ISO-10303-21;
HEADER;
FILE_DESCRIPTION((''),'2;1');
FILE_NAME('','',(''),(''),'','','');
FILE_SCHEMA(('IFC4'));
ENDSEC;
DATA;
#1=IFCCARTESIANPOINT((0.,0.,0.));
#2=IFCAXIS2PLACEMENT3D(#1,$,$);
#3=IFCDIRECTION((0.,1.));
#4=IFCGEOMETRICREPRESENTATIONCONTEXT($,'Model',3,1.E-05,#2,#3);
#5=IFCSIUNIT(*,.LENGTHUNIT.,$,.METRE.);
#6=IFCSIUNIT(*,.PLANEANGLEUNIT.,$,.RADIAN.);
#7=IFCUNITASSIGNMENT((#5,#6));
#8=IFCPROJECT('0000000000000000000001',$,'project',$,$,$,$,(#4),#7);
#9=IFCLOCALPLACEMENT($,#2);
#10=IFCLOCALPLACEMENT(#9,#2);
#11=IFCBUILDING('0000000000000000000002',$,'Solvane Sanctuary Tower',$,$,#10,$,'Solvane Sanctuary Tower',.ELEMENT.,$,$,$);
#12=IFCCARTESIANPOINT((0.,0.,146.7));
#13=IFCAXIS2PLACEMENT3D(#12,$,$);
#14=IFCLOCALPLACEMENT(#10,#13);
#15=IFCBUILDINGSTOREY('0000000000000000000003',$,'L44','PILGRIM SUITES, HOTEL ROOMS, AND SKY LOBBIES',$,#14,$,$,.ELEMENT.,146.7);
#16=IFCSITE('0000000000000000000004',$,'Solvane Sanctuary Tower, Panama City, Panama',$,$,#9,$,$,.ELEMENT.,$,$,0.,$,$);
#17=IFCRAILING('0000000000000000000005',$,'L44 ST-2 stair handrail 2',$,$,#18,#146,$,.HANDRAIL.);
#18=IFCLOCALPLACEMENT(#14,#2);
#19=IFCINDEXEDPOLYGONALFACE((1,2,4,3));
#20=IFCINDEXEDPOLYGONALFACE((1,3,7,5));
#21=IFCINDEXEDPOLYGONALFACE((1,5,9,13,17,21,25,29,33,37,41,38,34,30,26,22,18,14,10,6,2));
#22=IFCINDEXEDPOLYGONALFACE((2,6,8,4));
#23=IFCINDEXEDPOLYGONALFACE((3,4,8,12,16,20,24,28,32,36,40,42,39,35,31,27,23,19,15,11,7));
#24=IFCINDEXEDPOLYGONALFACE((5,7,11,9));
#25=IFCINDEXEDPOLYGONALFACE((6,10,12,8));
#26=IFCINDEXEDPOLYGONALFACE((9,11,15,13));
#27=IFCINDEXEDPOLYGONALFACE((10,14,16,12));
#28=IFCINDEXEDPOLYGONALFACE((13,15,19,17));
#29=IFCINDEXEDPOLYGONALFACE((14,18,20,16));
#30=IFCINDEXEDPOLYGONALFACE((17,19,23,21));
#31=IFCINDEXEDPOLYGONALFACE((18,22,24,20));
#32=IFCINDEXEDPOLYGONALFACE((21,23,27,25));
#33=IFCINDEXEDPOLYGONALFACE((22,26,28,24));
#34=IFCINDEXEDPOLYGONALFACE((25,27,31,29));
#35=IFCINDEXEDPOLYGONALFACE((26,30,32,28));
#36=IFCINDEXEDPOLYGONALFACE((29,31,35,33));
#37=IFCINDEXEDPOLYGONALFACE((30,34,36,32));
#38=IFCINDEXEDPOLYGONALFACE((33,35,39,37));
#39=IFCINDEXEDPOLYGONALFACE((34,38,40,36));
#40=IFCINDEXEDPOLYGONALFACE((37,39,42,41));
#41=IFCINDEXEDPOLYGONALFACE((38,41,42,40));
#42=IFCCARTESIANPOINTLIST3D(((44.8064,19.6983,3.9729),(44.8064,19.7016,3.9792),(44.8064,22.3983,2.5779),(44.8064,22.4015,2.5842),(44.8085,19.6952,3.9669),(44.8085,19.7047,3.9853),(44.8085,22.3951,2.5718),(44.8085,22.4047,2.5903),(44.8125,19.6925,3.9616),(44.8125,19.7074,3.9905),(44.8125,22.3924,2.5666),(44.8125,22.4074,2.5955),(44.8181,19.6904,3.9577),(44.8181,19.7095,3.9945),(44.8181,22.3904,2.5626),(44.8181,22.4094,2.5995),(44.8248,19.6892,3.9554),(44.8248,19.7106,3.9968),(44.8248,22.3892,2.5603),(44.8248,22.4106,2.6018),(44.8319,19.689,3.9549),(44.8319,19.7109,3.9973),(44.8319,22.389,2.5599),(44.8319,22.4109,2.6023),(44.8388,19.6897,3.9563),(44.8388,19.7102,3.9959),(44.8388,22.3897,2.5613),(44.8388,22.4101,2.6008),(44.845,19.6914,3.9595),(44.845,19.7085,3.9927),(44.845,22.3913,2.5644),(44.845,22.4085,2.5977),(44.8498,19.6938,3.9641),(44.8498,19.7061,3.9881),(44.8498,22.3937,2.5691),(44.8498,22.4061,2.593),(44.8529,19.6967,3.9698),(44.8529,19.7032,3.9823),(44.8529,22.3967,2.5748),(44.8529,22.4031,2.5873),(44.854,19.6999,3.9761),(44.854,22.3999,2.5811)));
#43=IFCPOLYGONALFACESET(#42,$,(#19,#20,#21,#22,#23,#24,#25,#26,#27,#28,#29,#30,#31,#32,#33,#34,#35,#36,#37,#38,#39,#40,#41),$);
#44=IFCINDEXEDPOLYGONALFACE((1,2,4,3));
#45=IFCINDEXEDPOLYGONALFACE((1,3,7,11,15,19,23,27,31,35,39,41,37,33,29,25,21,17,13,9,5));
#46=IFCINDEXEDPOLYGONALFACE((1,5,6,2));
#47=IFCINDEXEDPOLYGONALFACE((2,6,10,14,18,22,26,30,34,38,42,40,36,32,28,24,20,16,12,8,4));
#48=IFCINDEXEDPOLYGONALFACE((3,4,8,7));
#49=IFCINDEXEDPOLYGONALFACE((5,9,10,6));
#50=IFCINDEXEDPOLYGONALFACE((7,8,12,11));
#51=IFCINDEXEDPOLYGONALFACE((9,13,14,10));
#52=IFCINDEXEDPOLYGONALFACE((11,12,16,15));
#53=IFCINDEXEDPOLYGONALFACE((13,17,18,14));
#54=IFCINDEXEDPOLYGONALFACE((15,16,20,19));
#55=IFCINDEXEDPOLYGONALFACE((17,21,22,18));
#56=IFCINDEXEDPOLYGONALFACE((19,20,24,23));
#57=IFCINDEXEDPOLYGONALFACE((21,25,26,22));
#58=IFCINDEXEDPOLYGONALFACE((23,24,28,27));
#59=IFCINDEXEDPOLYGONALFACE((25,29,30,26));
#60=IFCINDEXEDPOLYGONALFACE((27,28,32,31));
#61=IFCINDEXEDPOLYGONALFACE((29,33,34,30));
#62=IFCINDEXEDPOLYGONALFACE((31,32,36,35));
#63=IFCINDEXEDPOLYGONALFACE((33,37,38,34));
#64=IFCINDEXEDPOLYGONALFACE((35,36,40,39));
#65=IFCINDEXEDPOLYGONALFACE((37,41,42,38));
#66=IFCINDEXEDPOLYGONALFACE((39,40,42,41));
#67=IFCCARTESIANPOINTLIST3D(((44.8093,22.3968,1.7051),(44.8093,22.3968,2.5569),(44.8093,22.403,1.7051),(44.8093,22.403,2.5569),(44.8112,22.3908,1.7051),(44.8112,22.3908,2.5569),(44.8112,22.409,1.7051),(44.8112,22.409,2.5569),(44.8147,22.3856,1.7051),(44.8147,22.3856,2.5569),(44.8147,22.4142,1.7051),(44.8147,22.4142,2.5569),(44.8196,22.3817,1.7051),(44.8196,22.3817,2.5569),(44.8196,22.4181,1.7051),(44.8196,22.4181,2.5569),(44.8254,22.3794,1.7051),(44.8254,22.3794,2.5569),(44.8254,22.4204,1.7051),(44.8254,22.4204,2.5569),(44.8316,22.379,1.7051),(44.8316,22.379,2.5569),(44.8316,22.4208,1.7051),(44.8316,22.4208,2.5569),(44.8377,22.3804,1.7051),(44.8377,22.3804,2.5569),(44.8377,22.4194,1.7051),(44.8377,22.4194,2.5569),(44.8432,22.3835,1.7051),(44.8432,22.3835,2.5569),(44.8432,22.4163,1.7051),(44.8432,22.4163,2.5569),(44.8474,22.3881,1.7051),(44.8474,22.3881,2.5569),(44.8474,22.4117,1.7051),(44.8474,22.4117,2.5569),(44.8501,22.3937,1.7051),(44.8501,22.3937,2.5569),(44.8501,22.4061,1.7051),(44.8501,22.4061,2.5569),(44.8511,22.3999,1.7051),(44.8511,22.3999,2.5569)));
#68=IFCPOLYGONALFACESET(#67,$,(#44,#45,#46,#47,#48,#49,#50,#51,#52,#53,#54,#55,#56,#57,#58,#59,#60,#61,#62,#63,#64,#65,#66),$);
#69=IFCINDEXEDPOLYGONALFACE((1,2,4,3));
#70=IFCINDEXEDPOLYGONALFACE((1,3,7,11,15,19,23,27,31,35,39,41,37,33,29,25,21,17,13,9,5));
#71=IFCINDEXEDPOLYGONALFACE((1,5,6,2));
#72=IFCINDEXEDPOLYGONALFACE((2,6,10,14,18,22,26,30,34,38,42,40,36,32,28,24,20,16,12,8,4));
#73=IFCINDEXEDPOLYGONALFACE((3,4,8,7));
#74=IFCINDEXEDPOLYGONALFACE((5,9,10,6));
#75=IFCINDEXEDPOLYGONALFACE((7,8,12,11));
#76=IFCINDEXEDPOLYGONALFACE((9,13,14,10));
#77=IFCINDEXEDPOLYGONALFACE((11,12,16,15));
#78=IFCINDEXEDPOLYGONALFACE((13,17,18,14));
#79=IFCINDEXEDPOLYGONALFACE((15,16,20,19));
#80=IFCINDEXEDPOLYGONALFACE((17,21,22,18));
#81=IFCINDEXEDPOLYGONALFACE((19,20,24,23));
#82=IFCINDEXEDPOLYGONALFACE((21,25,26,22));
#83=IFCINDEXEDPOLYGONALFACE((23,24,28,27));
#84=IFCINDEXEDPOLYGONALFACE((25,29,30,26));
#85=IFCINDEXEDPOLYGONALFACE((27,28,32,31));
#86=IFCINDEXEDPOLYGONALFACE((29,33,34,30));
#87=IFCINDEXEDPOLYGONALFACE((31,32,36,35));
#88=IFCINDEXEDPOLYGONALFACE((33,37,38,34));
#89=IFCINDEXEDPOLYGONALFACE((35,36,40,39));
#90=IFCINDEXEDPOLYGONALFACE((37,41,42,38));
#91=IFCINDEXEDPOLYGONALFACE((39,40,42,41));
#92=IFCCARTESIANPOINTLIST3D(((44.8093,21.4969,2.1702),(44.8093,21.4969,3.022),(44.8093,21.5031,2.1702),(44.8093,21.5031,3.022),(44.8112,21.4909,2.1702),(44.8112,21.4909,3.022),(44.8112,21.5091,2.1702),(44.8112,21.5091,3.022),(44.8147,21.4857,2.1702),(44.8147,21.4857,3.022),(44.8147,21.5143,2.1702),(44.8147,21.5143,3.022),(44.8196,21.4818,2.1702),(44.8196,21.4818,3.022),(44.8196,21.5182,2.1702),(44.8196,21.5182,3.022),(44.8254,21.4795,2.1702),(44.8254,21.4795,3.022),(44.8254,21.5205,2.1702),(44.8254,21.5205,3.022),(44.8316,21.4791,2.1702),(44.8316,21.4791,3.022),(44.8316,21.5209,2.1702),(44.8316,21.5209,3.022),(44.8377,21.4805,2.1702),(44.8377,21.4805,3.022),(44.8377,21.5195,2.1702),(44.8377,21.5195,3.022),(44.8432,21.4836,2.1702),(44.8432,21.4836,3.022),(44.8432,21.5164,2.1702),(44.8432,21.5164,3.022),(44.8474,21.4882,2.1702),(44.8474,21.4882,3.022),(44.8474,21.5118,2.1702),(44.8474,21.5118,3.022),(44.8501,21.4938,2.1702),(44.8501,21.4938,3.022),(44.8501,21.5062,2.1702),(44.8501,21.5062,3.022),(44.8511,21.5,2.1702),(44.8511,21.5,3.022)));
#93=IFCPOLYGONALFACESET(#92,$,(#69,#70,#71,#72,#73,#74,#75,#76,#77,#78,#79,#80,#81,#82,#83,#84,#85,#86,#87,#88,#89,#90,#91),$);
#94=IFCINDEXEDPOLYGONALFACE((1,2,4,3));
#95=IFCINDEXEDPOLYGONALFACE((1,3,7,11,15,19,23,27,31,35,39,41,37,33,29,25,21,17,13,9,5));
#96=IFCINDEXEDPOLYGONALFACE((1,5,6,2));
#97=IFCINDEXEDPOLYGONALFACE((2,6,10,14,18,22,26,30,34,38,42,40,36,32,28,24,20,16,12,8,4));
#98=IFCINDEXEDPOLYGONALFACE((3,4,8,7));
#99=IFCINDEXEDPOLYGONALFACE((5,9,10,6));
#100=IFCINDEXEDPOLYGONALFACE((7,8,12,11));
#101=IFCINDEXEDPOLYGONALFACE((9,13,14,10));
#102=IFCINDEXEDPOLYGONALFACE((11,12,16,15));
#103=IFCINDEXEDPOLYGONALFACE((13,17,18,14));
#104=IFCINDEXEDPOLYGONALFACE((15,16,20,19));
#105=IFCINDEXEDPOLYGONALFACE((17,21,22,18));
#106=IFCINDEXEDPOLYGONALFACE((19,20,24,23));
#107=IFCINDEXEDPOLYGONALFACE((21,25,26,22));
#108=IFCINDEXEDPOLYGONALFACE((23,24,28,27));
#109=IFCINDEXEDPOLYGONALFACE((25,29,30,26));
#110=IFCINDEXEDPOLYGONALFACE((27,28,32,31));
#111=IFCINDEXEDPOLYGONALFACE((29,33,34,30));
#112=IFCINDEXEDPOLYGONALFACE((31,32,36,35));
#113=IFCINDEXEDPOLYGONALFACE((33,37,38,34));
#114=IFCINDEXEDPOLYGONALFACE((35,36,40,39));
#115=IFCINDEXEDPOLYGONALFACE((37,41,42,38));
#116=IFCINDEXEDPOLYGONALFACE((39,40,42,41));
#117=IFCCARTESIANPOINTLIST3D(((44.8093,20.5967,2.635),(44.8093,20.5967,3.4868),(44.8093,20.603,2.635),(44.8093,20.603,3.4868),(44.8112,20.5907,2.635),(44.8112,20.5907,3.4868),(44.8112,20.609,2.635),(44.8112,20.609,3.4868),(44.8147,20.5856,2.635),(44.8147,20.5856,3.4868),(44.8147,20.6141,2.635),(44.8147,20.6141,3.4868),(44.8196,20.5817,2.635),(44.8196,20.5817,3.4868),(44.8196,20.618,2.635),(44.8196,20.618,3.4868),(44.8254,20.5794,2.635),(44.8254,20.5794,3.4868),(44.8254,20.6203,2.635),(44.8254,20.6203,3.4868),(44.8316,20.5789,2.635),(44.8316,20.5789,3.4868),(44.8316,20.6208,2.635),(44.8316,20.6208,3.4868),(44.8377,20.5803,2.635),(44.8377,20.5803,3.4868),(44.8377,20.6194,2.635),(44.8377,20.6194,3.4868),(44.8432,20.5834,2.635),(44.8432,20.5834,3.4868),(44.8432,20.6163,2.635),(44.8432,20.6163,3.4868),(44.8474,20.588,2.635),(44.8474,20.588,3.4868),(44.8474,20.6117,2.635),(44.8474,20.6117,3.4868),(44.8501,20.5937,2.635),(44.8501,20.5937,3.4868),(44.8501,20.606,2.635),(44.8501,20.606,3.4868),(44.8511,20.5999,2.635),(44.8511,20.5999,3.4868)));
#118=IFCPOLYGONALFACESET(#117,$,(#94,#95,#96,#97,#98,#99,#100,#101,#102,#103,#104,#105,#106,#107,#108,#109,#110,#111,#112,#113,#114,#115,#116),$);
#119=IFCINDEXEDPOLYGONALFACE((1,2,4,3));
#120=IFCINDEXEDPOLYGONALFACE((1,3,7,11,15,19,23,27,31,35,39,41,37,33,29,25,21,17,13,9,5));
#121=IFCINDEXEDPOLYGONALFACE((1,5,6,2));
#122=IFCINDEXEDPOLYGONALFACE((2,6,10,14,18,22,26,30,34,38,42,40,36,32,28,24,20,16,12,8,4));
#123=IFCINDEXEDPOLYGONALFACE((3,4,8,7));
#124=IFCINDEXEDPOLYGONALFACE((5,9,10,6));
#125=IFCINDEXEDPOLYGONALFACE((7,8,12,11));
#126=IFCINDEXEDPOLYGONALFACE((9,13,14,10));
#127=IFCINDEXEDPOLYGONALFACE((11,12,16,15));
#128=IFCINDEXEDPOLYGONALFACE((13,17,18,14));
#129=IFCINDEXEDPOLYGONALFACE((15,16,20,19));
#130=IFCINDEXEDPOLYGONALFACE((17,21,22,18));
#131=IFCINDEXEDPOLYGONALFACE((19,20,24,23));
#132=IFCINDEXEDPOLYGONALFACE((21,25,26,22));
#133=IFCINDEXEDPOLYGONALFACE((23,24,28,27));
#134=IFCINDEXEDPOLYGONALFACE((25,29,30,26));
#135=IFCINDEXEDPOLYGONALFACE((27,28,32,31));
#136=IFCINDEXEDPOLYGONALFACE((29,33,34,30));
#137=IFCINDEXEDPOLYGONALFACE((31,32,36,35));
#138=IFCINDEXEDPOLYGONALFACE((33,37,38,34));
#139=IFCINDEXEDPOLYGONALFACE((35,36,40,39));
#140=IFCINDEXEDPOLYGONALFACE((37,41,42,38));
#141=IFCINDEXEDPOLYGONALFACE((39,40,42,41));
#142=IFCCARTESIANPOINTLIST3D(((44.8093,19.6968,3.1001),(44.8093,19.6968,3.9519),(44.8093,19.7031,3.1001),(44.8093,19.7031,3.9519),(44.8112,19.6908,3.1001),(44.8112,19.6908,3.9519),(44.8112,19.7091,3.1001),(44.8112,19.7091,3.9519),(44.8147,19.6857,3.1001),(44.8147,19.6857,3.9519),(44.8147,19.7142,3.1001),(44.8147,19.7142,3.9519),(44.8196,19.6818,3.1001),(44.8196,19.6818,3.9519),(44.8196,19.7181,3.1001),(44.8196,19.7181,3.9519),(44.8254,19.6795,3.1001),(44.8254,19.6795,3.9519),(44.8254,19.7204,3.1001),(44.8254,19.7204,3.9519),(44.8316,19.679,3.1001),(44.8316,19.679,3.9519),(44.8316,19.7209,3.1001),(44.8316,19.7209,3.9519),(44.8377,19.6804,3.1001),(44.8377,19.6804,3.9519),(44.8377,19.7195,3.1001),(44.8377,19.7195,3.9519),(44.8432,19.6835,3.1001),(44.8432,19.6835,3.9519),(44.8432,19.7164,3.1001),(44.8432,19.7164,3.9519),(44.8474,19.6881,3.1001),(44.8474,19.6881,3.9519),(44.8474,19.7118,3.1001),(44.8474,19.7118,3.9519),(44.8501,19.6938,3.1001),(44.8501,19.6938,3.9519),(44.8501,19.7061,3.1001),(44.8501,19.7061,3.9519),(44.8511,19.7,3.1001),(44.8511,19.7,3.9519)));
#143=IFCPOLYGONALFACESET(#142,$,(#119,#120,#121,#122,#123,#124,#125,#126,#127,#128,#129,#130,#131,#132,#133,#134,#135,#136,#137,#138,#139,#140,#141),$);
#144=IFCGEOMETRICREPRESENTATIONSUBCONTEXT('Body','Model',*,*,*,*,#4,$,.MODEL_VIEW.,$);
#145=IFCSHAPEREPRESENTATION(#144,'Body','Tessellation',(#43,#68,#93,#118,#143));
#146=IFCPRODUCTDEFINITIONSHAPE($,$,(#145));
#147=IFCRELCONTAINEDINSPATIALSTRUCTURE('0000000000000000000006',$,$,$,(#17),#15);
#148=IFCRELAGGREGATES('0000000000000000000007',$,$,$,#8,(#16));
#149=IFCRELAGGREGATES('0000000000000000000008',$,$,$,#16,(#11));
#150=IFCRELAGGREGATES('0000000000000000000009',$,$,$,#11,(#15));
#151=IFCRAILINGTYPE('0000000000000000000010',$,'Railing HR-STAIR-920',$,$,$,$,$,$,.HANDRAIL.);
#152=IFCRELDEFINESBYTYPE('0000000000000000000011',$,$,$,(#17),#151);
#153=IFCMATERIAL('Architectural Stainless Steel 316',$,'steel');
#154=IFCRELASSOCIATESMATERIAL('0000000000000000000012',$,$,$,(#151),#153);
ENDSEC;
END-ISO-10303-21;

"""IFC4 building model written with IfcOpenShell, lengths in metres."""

from ifc_helpers import new_model, si_unit, direction, frame, origin, origin_2d, place, context, subcontext, project, spatial, circle, extrude, material, type_object, element, save


model = new_model("IFC4")

# Units and contexts
model_context = context("Model", 3, precision=1e-05, world=origin(), true_north=direction((0.0, 1.0)))
body_context = subcontext(model_context, "Body", "Model", "MODEL_VIEW")
ifc_project = project(units=[si_unit("LENGTHUNIT", "METRE"), si_unit("PLANEANGLEUNIT", "RADIAN")], contexts=[model_context])

# Site, building, storey
site_placement = place(None, origin())
site = spatial("IfcSite", under=ifc_project, at=site_placement, Name="Solvane Sanctuary Tower, Panama City, Panama", CompositionType="ELEMENT", RefElevation=0.0)
building_placement = place(site_placement, origin())
building = spatial("IfcBuilding", under=site, at=building_placement, Name="Solvane Sanctuary Tower", LongName="Solvane Sanctuary Tower", CompositionType="ELEMENT")
storey_placement = place(building_placement, frame((0.0, 0.0, 146.7)))
storey = spatial("IfcBuildingStorey", under=building, at=storey_placement, Name="L44", Description="PILGRIM SUITES, HOTEL ROOMS, AND SKY LOBBIES", CompositionType="ELEMENT", Elevation=146.7)

# Shared definitions
ifc_material_1 = material(Name="Architectural Stainless Steel 316", Category="steel")

# Railing
railing_type_1 = type_object("IfcRailingType", Name="Railing HR-STAIR-920", PredefinedType="HANDRAIL", material=ifc_material_1)
railing_1_placement = place(storey_placement, frame((44.8301, 22.3999, 1.7051)))
element("IfcRailing", 1, at=railing_1_placement, inside=storey, type_object=railing_type_1, Name="L44 ST-2 stair handrail 2", PredefinedType="HANDRAIL", context=body_context, shape_type="SweptSolid", body=[
    extrude(circle(Radius=0.0239, at=origin_2d()), frame((0.0, 0.0, 0.876), z_axis=(0.0, -0.88842, 0.459032), x_axis=(1.0, 0.0, 0.0)), (0.0, 0.0, 1.0), 3.0391),
    extrude(circle(Radius=0.021, at=origin_2d()), origin(), (0.0, 0.0, 1.0), 0.8518),
    extrude(circle(Radius=0.021, at=origin_2d()), frame((0.0, -0.8999, 0.4651)), (0.0, 0.0, 1.0), 0.8518),
    extrude(circle(Radius=0.021, at=origin_2d()), frame((0.0, -1.8, 0.9299)), (0.0, 0.0, 1.0), 0.8518),
    extrude(circle(Radius=0.021, at=origin_2d()), frame((0.0, -2.7, 1.395)), (0.0, 0.0, 1.0), 0.8518),
])

save(model, "model.ifc")
